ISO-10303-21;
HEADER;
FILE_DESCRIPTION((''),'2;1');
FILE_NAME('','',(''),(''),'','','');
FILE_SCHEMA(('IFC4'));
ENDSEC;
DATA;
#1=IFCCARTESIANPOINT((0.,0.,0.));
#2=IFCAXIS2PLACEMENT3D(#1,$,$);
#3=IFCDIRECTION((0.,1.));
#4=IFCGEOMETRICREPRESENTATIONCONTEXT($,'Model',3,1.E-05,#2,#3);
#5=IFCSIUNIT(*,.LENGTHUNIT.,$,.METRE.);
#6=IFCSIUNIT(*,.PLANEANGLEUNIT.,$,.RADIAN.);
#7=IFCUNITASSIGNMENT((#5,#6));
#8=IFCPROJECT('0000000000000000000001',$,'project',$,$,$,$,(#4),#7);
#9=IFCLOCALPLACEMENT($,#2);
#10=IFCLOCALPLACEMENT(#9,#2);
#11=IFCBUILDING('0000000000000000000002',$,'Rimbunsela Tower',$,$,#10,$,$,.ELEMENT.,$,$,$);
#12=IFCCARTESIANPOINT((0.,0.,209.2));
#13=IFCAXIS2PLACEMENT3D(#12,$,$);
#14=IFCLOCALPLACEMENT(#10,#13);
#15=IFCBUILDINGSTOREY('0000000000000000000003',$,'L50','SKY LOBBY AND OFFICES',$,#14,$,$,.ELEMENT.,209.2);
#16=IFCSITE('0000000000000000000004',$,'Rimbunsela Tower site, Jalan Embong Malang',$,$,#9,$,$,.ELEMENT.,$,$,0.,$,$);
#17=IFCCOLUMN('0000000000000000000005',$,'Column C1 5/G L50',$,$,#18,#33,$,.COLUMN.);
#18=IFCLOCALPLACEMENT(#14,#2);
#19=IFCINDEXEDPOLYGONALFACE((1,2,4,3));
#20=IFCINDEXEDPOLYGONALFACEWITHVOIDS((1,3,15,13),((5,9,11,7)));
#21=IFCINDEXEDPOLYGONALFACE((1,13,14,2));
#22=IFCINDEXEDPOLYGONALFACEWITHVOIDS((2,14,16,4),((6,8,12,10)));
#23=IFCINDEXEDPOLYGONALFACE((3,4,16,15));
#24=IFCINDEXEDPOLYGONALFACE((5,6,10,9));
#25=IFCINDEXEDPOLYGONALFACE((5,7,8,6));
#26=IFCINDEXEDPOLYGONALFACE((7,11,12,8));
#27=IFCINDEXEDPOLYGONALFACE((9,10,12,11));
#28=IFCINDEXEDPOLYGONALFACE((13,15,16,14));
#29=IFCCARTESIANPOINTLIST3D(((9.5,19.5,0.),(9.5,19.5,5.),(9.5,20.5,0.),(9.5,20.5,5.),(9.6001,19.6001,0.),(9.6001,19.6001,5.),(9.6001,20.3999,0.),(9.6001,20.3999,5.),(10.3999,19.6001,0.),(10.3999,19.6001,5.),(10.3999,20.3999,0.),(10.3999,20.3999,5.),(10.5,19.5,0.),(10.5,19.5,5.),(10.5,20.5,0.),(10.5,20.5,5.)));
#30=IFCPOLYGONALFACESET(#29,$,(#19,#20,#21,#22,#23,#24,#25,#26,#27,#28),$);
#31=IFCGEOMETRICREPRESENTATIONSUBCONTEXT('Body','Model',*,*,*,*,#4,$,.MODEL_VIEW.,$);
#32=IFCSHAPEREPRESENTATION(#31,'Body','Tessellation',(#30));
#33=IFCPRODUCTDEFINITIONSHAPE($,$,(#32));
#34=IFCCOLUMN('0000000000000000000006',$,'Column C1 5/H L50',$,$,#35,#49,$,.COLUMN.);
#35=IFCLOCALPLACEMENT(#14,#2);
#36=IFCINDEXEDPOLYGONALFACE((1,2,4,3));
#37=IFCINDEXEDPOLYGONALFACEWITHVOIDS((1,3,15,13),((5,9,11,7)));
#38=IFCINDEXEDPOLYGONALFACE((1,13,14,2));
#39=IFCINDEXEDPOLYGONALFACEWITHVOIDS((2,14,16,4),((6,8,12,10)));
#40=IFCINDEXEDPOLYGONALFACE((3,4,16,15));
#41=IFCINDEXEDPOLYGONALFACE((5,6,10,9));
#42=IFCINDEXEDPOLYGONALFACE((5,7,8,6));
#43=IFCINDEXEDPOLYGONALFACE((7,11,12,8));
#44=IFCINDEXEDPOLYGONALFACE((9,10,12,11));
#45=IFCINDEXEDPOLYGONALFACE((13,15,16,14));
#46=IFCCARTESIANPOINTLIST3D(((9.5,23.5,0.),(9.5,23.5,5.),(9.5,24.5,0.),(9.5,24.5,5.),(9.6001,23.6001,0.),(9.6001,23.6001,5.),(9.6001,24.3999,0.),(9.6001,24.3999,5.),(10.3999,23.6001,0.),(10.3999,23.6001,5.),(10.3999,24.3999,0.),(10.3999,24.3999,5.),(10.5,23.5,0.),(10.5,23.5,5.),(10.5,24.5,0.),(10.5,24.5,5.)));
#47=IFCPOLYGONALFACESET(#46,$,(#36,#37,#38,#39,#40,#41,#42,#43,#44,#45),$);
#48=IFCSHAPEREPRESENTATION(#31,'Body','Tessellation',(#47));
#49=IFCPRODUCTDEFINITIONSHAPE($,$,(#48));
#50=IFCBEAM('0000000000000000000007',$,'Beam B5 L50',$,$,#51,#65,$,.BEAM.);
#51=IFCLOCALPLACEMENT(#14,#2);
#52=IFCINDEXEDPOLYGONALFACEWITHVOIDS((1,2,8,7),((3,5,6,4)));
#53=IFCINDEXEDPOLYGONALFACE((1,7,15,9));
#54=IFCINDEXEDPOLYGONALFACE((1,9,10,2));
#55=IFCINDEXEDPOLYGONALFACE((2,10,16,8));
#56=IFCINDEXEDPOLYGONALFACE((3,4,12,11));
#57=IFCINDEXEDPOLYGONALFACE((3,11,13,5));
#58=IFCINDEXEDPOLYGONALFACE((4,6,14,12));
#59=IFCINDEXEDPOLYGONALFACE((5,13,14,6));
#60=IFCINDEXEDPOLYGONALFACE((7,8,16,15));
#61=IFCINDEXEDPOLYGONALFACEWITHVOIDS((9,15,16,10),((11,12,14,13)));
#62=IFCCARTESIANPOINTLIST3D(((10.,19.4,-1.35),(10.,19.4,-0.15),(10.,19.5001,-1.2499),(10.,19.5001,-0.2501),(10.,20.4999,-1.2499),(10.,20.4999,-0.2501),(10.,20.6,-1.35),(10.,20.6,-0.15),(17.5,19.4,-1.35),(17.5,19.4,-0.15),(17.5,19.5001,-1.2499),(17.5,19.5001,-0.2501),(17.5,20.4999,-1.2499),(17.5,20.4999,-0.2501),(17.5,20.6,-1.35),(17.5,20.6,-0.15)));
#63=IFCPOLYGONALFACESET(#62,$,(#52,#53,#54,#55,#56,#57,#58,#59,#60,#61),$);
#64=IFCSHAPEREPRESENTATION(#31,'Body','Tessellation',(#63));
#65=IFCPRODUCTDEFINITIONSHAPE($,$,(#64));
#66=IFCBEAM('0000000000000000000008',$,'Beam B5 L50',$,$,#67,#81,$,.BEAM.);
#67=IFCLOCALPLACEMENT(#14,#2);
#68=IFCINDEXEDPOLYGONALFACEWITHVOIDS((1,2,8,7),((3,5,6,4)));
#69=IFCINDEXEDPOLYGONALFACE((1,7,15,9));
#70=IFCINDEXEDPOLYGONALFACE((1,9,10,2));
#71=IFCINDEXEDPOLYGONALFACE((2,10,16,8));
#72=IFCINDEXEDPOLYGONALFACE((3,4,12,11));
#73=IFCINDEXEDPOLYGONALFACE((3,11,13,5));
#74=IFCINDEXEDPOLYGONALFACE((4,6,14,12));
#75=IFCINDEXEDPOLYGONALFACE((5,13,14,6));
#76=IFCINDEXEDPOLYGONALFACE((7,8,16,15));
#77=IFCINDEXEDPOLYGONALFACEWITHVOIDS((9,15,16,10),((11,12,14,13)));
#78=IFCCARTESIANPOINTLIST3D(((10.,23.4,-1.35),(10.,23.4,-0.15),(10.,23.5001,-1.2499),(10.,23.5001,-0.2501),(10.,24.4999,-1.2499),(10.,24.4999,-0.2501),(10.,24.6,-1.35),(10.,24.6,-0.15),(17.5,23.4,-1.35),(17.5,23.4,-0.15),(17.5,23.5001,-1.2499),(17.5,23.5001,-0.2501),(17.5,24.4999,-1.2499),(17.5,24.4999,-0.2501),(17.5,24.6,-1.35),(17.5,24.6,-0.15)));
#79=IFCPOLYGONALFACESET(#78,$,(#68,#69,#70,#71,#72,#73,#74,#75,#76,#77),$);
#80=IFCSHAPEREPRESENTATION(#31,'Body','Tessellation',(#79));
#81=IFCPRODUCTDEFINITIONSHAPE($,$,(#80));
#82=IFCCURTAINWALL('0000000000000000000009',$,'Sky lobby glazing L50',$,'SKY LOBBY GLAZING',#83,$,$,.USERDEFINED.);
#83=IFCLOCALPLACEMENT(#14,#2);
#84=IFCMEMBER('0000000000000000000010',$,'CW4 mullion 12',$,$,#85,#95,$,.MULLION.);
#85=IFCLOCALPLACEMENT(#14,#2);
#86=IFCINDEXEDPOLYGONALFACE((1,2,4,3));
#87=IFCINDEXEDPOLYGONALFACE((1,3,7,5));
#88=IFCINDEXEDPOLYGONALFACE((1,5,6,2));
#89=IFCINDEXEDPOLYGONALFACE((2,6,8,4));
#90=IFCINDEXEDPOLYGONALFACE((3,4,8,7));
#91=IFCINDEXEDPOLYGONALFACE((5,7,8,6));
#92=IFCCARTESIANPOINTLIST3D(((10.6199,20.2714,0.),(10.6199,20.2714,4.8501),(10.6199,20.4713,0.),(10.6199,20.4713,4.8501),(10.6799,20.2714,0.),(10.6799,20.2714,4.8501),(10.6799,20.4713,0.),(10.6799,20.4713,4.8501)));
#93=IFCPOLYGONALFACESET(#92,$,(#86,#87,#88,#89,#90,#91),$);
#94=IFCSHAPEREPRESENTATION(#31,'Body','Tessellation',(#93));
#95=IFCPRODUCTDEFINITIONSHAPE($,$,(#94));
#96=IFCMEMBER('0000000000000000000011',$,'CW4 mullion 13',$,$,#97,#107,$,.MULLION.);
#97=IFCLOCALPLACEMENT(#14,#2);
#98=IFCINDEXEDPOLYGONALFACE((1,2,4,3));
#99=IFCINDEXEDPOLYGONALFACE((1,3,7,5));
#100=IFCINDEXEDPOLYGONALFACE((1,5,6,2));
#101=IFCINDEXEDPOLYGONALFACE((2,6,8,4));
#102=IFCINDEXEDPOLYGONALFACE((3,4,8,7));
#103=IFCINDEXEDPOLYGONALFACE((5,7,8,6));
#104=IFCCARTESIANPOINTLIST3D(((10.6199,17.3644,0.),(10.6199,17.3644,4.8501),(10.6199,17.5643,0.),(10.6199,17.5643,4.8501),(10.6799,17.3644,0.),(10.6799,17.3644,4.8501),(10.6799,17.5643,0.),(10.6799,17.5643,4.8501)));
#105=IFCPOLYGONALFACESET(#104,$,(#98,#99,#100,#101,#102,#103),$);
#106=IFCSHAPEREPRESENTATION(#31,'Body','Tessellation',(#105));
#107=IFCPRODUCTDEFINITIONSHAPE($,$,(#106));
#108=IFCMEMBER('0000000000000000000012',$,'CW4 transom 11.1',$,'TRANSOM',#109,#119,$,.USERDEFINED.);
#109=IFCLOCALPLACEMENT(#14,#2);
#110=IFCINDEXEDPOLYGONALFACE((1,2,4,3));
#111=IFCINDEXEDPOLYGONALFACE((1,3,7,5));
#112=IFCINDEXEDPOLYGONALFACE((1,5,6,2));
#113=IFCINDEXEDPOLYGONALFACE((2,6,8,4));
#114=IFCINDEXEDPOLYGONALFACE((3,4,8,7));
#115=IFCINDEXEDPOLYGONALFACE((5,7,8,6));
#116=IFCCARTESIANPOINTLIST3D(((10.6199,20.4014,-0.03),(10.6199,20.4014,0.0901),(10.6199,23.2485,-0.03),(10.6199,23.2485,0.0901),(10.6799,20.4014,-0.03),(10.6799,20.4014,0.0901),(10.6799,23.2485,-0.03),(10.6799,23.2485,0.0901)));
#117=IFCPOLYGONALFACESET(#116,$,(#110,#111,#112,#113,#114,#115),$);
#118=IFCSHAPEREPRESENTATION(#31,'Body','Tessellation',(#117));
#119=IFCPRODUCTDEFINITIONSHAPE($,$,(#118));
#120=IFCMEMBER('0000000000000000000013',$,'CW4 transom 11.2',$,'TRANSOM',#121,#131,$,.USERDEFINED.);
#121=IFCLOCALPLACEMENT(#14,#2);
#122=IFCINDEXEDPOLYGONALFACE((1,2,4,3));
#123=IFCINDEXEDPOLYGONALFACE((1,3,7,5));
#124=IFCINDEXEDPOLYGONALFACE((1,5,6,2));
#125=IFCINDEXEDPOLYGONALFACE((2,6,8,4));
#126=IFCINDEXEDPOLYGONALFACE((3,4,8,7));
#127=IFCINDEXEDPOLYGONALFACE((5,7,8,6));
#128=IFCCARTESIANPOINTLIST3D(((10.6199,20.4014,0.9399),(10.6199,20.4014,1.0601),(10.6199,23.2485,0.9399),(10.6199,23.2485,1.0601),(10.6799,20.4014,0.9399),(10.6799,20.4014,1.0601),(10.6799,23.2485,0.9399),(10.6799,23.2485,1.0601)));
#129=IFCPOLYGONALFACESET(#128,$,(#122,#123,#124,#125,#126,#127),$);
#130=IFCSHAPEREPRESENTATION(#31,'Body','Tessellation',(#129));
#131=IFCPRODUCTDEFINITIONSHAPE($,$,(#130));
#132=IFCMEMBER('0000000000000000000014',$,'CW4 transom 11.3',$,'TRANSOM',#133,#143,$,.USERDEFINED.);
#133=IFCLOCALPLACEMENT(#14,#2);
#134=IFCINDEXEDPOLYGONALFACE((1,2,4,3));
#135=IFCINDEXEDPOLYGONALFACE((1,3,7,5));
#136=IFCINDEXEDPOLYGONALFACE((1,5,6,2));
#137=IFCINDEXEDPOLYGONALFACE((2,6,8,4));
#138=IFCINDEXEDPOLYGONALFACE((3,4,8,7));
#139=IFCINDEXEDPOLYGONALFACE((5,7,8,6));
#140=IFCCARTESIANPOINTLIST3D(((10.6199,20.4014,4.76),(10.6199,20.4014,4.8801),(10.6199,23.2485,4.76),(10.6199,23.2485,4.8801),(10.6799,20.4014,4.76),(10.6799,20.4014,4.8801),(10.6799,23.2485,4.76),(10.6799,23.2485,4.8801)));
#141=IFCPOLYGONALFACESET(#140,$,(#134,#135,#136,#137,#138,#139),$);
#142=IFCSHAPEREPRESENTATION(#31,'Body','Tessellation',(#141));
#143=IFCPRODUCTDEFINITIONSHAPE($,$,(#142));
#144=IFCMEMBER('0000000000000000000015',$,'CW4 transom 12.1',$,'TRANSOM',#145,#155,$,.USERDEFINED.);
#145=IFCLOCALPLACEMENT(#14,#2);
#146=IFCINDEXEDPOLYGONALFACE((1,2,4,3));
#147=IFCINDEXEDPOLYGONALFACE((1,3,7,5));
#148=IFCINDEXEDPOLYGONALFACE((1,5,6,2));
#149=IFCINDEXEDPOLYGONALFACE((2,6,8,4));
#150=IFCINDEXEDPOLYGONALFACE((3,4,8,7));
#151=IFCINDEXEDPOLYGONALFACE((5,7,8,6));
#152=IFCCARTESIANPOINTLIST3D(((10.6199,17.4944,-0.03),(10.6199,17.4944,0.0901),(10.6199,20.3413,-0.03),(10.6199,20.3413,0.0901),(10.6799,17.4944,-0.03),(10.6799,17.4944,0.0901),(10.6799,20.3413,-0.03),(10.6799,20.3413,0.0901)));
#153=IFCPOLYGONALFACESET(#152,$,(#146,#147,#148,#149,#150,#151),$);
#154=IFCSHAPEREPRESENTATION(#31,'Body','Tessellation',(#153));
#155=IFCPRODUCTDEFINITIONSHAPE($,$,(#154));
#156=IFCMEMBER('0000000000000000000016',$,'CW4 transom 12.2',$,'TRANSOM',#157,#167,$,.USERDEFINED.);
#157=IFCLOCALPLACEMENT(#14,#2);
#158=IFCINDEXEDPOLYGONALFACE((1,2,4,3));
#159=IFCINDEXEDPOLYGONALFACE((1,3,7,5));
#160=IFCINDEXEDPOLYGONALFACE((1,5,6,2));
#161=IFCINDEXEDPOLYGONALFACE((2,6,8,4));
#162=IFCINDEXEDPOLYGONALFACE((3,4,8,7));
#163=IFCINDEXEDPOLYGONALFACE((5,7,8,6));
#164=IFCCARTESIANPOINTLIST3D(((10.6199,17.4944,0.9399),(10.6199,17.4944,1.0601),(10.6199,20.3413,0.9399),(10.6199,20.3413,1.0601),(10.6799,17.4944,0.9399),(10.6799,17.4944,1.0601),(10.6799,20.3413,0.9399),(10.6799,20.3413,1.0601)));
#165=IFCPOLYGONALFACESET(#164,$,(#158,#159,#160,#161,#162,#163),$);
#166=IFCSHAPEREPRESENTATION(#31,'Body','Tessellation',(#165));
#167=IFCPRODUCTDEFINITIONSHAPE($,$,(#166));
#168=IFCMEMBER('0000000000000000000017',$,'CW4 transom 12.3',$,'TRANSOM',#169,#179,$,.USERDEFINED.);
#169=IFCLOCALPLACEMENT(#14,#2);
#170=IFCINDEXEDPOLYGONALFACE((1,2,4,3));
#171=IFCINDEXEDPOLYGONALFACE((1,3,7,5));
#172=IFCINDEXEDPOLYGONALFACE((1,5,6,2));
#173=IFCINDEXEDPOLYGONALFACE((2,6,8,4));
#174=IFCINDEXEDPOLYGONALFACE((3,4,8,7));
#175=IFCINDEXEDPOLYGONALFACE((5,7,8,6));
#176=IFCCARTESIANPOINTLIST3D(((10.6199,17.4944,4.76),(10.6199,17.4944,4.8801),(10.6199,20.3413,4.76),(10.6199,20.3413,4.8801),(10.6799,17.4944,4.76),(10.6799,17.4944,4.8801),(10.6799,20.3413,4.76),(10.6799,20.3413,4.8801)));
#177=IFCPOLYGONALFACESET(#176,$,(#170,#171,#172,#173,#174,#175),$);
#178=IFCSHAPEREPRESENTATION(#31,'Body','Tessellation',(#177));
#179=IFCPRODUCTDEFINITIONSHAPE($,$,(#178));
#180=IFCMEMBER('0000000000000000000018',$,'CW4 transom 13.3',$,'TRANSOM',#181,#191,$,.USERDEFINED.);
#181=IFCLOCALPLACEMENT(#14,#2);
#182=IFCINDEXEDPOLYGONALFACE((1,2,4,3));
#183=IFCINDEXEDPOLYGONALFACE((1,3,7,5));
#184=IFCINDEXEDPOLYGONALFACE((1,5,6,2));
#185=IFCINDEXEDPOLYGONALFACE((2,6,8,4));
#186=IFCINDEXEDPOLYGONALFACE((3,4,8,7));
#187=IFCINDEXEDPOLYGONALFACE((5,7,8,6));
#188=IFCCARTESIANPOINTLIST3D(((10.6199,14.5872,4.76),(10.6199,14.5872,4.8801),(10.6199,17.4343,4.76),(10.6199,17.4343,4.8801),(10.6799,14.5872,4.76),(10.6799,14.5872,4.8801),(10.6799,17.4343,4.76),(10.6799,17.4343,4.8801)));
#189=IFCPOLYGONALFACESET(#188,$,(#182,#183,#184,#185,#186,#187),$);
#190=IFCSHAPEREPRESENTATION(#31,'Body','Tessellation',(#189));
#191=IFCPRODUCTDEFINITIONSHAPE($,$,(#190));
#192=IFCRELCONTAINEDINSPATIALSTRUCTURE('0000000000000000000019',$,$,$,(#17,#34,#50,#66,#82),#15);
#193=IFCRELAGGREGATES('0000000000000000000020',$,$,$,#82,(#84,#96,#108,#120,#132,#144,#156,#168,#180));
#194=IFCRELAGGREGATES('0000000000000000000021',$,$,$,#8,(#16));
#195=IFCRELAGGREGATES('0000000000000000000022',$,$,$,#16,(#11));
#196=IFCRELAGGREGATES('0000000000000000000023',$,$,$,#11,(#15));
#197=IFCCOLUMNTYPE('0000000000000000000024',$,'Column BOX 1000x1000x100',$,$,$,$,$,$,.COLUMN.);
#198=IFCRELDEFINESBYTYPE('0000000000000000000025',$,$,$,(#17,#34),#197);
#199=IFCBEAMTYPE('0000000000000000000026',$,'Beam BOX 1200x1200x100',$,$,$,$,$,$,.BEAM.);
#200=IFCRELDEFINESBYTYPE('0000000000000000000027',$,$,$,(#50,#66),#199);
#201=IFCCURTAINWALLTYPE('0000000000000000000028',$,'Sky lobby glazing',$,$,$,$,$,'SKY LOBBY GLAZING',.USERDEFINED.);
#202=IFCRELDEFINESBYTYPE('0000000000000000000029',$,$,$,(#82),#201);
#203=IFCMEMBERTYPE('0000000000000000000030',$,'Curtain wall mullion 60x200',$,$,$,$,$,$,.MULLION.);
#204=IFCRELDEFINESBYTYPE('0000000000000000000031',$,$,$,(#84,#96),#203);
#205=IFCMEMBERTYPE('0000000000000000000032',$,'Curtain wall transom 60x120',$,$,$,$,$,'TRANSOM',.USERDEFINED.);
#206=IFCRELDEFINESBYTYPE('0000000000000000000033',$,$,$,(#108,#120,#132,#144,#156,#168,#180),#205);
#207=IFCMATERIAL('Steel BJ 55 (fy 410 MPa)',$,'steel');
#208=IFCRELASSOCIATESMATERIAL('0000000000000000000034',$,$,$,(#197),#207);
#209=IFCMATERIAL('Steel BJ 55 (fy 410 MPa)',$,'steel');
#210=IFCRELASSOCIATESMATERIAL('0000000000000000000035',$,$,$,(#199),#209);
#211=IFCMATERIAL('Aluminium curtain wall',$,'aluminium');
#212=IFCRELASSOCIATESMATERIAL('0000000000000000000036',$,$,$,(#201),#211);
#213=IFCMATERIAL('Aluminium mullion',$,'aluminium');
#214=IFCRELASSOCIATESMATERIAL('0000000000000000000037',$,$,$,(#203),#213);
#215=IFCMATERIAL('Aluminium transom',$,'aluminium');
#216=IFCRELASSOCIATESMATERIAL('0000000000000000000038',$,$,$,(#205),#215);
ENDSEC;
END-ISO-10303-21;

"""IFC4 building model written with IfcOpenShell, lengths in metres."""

from ifc_helpers import new_model, si_unit, direction, frame, origin, origin_2d, place, context, subcontext, project, spatial, rectangle, hollow_rectangle, extrude, material, material_profile, profile_set, type_object, element, aggregate, save


model = new_model("IFC4")

# Units and contexts
model_context = context("Model", 3, precision=1e-05, world=origin(), true_north=direction((0.0, 1.0)))
body_context = subcontext(model_context, "Body", "Model", "MODEL_VIEW")
ifc_project = project(units=[si_unit("LENGTHUNIT", "METRE"), si_unit("PLANEANGLEUNIT", "RADIAN")], contexts=[model_context])

# Site, building, storey
site_placement = place(None, origin())
site = spatial("IfcSite", under=ifc_project, at=site_placement, Name="Rimbunsela Tower site, Jalan Embong Malang", CompositionType="ELEMENT", RefElevation=0.0)
building_placement = place(site_placement, origin())
building = spatial("IfcBuilding", under=site, at=building_placement, Name="Rimbunsela Tower", CompositionType="ELEMENT")
storey_placement = place(building_placement, frame((0.0, 0.0, 209.2)))
storey = spatial("IfcBuildingStorey", under=building, at=storey_placement, Name="L50", Description="SKY LOBBY AND OFFICES", CompositionType="ELEMENT", Elevation=209.2)

# Columns
ifc_material_1 = material(Name="Steel BJ 55 (fy 410 MPa)", Category="steel")
ifc_material_profile_1 = material_profile(ifc_material_1, hollow_rectangle(XDim=1.0, YDim=1.0, WallThickness=0.1001, at=origin_2d()), Name="BOX 1000x1000x100")
ifc_profile_set_1 = profile_set([ifc_material_profile_1], Name="Steel BJ 55 (fy 410 MPa)")
column_type = type_object("IfcColumnType", Name="Column BOX 1000x1000x100", PredefinedType="COLUMN", material=ifc_profile_set_1)
for number, where, z_axis, x_axis, name in (
    (1, (10.0, 20.0, 0.0), (0.0, 0.0, 1.0), (1.0, 0.0, 0.0), "Column C1 5/G L50"),
    (2, (10.0, 24.0, 0.0), (0.0, 0.0, 1.0), (1.0, 0.0, 0.0), "Column C1 5/H L50"),
):
    element("IfcColumn", number, at=place(storey_placement, frame(where, z_axis=z_axis, x_axis=x_axis)), inside=storey, type_object=column_type, Name=name, PredefinedType="COLUMN", context=body_context, shape_type="SweptSolid", body=[
        extrude(hollow_rectangle(XDim=1.0, YDim=1.0, WallThickness=0.1001, at=origin_2d()), origin(), (0.0, 0.0, 1.0), 5.0),
    ])

# Beams
ifc_material_2 = material(Name="Steel BJ 55 (fy 410 MPa)", Category="steel")
ifc_material_profile_2 = material_profile(ifc_material_2, hollow_rectangle(XDim=1.2, YDim=1.2, WallThickness=0.1001, at=origin_2d()), Name="BOX 1200x1200x100")
ifc_profile_set_2 = profile_set([ifc_material_profile_2], Name="Steel BJ 55 (fy 410 MPa)")
beam_type = type_object("IfcBeamType", Name="Beam BOX 1200x1200x100", PredefinedType="BEAM", material=ifc_profile_set_2)
for number, where, z_axis, x_axis, name in (
    (3, (10.0, 20.0, -0.75), (1.0, 0.0, 0.0), (0.0, 1.0, 0.0), "Beam B5 L50"),
    (4, (10.0, 24.0, -0.75), (1.0, 0.0, 0.0), (0.0, 1.0, 0.0), "Beam B5 L50"),
):
    element("IfcBeam", number, at=place(storey_placement, frame(where, z_axis=z_axis, x_axis=x_axis)), inside=storey, type_object=beam_type, Name=name, PredefinedType="BEAM", context=body_context, shape_type="SweptSolid", body=[
        extrude(hollow_rectangle(XDim=1.2, YDim=1.2, WallThickness=0.1001, at=origin_2d()), origin(), (0.0, 0.0, 1.0), 7.5),
    ])

# Curtain wall, members
ifc_material_3 = material(Name="Aluminium curtain wall", Category="aluminium")
curtain_wall_type = type_object("IfcCurtainWallType", Name="Sky lobby glazing", ElementType="SKY LOBBY GLAZING", PredefinedType="USERDEFINED", material=ifc_material_3)
curtain_wall_placement = place(storey_placement, origin())
curtain_wall = element("IfcCurtainWall", 5, at=curtain_wall_placement, inside=storey, type_object=curtain_wall_type, Name="Sky lobby glazing L50", ObjectType="SKY LOBBY GLAZING", PredefinedType="USERDEFINED")
ifc_material_4 = material(Name="Aluminium mullion", Category="aluminium")
ifc_material_profile_3 = material_profile(ifc_material_4, rectangle(XDim=0.0601, YDim=0.2, at=origin_2d()), Name="Mullion 60x200")
ifc_profile_set_3 = profile_set([ifc_material_profile_3], Name="Aluminium mullion")
member_type_1 = type_object("IfcMemberType", Name="Curtain wall mullion 60x200", PredefinedType="MULLION", material=ifc_profile_set_3)
member_1_placement = place(storey_placement, frame((10.6499, 20.3713, 0.0), z_axis=(0.0, 0.0, 1.0), x_axis=(1.0, 0.0, 0.0)))
member_1 = element("IfcMember", 6, at=member_1_placement, type_object=member_type_1, Name="CW4 mullion 12", PredefinedType="MULLION", context=body_context, shape_type="SweptSolid", body=[
    extrude(rectangle(XDim=0.0601, YDim=0.2, at=origin_2d()), origin(), (0.0, 0.0, 1.0), 4.8501),
])
member_2_placement = place(storey_placement, frame((10.6499, 17.4644, 0.0), z_axis=(0.0, 0.0, 1.0), x_axis=(1.0, 0.0, 0.0)))
member_2 = element("IfcMember", 7, at=member_2_placement, type_object=member_type_1, Name="CW4 mullion 13", PredefinedType="MULLION", context=body_context, shape_type="SweptSolid", body=[
    extrude(rectangle(XDim=0.0601, YDim=0.2, at=origin_2d()), origin(), (0.0, 0.0, 1.0), 4.8501),
])
ifc_material_5 = material(Name="Aluminium transom", Category="aluminium")
ifc_material_profile_4 = material_profile(ifc_material_5, rectangle(XDim=0.0601, YDim=0.1201, at=origin_2d()), Name="Transom 60x120")
ifc_profile_set_4 = profile_set([ifc_material_profile_4], Name="Aluminium transom")
member_type_2 = type_object("IfcMemberType", Name="Curtain wall transom 60x120", ElementType="TRANSOM", PredefinedType="USERDEFINED", material=ifc_profile_set_4)
member_3_placement = place(storey_placement, frame((10.6499, 23.2485, 0.03), z_axis=(0.0, -1.0, 0.0), x_axis=(1.0, 0.0, 0.0)))
member_3 = element("IfcMember", 8, at=member_3_placement, type_object=member_type_2, Name="CW4 transom 11.1", ObjectType="TRANSOM", PredefinedType="USERDEFINED", context=body_context, shape_type="SweptSolid", body=[
    extrude(rectangle(XDim=0.0601, YDim=0.1201, at=origin_2d()), origin(), (0.0, 0.0, 1.0), 2.8472),
])
member_4_placement = place(storey_placement, frame((10.6499, 23.2485, 1.0), z_axis=(0.0, -1.0, 0.0), x_axis=(1.0, 0.0, 0.0)))
member_4 = element("IfcMember", 9, at=member_4_placement, type_object=member_type_2, Name="CW4 transom 11.2", ObjectType="TRANSOM", PredefinedType="USERDEFINED", context=body_context, shape_type="SweptSolid", body=[
    extrude(rectangle(XDim=0.0601, YDim=0.1201, at=origin_2d()), origin(), (0.0, 0.0, 1.0), 2.8472),
])
member_5_placement = place(storey_placement, frame((10.6499, 23.2485, 4.8201), z_axis=(0.0, -1.0, 0.0), x_axis=(1.0, 0.0, 0.0)))
member_5 = element("IfcMember", 10, at=member_5_placement, type_object=member_type_2, Name="CW4 transom 11.3", ObjectType="TRANSOM", PredefinedType="USERDEFINED", context=body_context, shape_type="SweptSolid", body=[
    extrude(rectangle(XDim=0.0601, YDim=0.1201, at=origin_2d()), origin(), (0.0, 0.0, 1.0), 2.8472),
])
member_6_placement = place(storey_placement, frame((10.6499, 20.3413, 0.03), z_axis=(0.0, -1.0, 0.0), x_axis=(1.0, 0.0, 0.0)))
member_6 = element("IfcMember", 11, at=member_6_placement, type_object=member_type_2, Name="CW4 transom 12.1", ObjectType="TRANSOM", PredefinedType="USERDEFINED", context=body_context, shape_type="SweptSolid", body=[
    extrude(rectangle(XDim=0.0601, YDim=0.1201, at=origin_2d()), origin(), (0.0, 0.0, 1.0), 2.8469),
])
member_7_placement = place(storey_placement, frame((10.6499, 20.3413, 1.0), z_axis=(0.0, -1.0, 0.0), x_axis=(1.0, 0.0, 0.0)))
member_7 = element("IfcMember", 12, at=member_7_placement, type_object=member_type_2, Name="CW4 transom 12.2", ObjectType="TRANSOM", PredefinedType="USERDEFINED", context=body_context, shape_type="SweptSolid", body=[
    extrude(rectangle(XDim=0.0601, YDim=0.1201, at=origin_2d()), origin(), (0.0, 0.0, 1.0), 2.8469),
])
member_8_placement = place(storey_placement, frame((10.6499, 20.3413, 4.8201), z_axis=(0.0, -1.0, 0.0), x_axis=(1.0, 0.0, 0.0)))
member_8 = element("IfcMember", 13, at=member_8_placement, type_object=member_type_2, Name="CW4 transom 12.3", ObjectType="TRANSOM", PredefinedType="USERDEFINED", context=body_context, shape_type="SweptSolid", body=[
    extrude(rectangle(XDim=0.0601, YDim=0.1201, at=origin_2d()), origin(), (0.0, 0.0, 1.0), 2.8469),
])
member_9_placement = place(storey_placement, frame((10.6499, 17.4343, 4.8201), z_axis=(0.0, -1.0, 0.0), x_axis=(1.0, 0.0, 0.0)))
member_9 = element("IfcMember", 14, at=member_9_placement, type_object=member_type_2, Name="CW4 transom 13.3", ObjectType="TRANSOM", PredefinedType="USERDEFINED", context=body_context, shape_type="SweptSolid", body=[
    extrude(rectangle(XDim=0.0601, YDim=0.1201, at=origin_2d()), origin(), (0.0, 0.0, 1.0), 2.8472),
])
aggregate(curtain_wall, [member_1, member_2, member_3, member_4, member_5, member_6, member_7, member_8, member_9])

save(model, "model.ifc")
